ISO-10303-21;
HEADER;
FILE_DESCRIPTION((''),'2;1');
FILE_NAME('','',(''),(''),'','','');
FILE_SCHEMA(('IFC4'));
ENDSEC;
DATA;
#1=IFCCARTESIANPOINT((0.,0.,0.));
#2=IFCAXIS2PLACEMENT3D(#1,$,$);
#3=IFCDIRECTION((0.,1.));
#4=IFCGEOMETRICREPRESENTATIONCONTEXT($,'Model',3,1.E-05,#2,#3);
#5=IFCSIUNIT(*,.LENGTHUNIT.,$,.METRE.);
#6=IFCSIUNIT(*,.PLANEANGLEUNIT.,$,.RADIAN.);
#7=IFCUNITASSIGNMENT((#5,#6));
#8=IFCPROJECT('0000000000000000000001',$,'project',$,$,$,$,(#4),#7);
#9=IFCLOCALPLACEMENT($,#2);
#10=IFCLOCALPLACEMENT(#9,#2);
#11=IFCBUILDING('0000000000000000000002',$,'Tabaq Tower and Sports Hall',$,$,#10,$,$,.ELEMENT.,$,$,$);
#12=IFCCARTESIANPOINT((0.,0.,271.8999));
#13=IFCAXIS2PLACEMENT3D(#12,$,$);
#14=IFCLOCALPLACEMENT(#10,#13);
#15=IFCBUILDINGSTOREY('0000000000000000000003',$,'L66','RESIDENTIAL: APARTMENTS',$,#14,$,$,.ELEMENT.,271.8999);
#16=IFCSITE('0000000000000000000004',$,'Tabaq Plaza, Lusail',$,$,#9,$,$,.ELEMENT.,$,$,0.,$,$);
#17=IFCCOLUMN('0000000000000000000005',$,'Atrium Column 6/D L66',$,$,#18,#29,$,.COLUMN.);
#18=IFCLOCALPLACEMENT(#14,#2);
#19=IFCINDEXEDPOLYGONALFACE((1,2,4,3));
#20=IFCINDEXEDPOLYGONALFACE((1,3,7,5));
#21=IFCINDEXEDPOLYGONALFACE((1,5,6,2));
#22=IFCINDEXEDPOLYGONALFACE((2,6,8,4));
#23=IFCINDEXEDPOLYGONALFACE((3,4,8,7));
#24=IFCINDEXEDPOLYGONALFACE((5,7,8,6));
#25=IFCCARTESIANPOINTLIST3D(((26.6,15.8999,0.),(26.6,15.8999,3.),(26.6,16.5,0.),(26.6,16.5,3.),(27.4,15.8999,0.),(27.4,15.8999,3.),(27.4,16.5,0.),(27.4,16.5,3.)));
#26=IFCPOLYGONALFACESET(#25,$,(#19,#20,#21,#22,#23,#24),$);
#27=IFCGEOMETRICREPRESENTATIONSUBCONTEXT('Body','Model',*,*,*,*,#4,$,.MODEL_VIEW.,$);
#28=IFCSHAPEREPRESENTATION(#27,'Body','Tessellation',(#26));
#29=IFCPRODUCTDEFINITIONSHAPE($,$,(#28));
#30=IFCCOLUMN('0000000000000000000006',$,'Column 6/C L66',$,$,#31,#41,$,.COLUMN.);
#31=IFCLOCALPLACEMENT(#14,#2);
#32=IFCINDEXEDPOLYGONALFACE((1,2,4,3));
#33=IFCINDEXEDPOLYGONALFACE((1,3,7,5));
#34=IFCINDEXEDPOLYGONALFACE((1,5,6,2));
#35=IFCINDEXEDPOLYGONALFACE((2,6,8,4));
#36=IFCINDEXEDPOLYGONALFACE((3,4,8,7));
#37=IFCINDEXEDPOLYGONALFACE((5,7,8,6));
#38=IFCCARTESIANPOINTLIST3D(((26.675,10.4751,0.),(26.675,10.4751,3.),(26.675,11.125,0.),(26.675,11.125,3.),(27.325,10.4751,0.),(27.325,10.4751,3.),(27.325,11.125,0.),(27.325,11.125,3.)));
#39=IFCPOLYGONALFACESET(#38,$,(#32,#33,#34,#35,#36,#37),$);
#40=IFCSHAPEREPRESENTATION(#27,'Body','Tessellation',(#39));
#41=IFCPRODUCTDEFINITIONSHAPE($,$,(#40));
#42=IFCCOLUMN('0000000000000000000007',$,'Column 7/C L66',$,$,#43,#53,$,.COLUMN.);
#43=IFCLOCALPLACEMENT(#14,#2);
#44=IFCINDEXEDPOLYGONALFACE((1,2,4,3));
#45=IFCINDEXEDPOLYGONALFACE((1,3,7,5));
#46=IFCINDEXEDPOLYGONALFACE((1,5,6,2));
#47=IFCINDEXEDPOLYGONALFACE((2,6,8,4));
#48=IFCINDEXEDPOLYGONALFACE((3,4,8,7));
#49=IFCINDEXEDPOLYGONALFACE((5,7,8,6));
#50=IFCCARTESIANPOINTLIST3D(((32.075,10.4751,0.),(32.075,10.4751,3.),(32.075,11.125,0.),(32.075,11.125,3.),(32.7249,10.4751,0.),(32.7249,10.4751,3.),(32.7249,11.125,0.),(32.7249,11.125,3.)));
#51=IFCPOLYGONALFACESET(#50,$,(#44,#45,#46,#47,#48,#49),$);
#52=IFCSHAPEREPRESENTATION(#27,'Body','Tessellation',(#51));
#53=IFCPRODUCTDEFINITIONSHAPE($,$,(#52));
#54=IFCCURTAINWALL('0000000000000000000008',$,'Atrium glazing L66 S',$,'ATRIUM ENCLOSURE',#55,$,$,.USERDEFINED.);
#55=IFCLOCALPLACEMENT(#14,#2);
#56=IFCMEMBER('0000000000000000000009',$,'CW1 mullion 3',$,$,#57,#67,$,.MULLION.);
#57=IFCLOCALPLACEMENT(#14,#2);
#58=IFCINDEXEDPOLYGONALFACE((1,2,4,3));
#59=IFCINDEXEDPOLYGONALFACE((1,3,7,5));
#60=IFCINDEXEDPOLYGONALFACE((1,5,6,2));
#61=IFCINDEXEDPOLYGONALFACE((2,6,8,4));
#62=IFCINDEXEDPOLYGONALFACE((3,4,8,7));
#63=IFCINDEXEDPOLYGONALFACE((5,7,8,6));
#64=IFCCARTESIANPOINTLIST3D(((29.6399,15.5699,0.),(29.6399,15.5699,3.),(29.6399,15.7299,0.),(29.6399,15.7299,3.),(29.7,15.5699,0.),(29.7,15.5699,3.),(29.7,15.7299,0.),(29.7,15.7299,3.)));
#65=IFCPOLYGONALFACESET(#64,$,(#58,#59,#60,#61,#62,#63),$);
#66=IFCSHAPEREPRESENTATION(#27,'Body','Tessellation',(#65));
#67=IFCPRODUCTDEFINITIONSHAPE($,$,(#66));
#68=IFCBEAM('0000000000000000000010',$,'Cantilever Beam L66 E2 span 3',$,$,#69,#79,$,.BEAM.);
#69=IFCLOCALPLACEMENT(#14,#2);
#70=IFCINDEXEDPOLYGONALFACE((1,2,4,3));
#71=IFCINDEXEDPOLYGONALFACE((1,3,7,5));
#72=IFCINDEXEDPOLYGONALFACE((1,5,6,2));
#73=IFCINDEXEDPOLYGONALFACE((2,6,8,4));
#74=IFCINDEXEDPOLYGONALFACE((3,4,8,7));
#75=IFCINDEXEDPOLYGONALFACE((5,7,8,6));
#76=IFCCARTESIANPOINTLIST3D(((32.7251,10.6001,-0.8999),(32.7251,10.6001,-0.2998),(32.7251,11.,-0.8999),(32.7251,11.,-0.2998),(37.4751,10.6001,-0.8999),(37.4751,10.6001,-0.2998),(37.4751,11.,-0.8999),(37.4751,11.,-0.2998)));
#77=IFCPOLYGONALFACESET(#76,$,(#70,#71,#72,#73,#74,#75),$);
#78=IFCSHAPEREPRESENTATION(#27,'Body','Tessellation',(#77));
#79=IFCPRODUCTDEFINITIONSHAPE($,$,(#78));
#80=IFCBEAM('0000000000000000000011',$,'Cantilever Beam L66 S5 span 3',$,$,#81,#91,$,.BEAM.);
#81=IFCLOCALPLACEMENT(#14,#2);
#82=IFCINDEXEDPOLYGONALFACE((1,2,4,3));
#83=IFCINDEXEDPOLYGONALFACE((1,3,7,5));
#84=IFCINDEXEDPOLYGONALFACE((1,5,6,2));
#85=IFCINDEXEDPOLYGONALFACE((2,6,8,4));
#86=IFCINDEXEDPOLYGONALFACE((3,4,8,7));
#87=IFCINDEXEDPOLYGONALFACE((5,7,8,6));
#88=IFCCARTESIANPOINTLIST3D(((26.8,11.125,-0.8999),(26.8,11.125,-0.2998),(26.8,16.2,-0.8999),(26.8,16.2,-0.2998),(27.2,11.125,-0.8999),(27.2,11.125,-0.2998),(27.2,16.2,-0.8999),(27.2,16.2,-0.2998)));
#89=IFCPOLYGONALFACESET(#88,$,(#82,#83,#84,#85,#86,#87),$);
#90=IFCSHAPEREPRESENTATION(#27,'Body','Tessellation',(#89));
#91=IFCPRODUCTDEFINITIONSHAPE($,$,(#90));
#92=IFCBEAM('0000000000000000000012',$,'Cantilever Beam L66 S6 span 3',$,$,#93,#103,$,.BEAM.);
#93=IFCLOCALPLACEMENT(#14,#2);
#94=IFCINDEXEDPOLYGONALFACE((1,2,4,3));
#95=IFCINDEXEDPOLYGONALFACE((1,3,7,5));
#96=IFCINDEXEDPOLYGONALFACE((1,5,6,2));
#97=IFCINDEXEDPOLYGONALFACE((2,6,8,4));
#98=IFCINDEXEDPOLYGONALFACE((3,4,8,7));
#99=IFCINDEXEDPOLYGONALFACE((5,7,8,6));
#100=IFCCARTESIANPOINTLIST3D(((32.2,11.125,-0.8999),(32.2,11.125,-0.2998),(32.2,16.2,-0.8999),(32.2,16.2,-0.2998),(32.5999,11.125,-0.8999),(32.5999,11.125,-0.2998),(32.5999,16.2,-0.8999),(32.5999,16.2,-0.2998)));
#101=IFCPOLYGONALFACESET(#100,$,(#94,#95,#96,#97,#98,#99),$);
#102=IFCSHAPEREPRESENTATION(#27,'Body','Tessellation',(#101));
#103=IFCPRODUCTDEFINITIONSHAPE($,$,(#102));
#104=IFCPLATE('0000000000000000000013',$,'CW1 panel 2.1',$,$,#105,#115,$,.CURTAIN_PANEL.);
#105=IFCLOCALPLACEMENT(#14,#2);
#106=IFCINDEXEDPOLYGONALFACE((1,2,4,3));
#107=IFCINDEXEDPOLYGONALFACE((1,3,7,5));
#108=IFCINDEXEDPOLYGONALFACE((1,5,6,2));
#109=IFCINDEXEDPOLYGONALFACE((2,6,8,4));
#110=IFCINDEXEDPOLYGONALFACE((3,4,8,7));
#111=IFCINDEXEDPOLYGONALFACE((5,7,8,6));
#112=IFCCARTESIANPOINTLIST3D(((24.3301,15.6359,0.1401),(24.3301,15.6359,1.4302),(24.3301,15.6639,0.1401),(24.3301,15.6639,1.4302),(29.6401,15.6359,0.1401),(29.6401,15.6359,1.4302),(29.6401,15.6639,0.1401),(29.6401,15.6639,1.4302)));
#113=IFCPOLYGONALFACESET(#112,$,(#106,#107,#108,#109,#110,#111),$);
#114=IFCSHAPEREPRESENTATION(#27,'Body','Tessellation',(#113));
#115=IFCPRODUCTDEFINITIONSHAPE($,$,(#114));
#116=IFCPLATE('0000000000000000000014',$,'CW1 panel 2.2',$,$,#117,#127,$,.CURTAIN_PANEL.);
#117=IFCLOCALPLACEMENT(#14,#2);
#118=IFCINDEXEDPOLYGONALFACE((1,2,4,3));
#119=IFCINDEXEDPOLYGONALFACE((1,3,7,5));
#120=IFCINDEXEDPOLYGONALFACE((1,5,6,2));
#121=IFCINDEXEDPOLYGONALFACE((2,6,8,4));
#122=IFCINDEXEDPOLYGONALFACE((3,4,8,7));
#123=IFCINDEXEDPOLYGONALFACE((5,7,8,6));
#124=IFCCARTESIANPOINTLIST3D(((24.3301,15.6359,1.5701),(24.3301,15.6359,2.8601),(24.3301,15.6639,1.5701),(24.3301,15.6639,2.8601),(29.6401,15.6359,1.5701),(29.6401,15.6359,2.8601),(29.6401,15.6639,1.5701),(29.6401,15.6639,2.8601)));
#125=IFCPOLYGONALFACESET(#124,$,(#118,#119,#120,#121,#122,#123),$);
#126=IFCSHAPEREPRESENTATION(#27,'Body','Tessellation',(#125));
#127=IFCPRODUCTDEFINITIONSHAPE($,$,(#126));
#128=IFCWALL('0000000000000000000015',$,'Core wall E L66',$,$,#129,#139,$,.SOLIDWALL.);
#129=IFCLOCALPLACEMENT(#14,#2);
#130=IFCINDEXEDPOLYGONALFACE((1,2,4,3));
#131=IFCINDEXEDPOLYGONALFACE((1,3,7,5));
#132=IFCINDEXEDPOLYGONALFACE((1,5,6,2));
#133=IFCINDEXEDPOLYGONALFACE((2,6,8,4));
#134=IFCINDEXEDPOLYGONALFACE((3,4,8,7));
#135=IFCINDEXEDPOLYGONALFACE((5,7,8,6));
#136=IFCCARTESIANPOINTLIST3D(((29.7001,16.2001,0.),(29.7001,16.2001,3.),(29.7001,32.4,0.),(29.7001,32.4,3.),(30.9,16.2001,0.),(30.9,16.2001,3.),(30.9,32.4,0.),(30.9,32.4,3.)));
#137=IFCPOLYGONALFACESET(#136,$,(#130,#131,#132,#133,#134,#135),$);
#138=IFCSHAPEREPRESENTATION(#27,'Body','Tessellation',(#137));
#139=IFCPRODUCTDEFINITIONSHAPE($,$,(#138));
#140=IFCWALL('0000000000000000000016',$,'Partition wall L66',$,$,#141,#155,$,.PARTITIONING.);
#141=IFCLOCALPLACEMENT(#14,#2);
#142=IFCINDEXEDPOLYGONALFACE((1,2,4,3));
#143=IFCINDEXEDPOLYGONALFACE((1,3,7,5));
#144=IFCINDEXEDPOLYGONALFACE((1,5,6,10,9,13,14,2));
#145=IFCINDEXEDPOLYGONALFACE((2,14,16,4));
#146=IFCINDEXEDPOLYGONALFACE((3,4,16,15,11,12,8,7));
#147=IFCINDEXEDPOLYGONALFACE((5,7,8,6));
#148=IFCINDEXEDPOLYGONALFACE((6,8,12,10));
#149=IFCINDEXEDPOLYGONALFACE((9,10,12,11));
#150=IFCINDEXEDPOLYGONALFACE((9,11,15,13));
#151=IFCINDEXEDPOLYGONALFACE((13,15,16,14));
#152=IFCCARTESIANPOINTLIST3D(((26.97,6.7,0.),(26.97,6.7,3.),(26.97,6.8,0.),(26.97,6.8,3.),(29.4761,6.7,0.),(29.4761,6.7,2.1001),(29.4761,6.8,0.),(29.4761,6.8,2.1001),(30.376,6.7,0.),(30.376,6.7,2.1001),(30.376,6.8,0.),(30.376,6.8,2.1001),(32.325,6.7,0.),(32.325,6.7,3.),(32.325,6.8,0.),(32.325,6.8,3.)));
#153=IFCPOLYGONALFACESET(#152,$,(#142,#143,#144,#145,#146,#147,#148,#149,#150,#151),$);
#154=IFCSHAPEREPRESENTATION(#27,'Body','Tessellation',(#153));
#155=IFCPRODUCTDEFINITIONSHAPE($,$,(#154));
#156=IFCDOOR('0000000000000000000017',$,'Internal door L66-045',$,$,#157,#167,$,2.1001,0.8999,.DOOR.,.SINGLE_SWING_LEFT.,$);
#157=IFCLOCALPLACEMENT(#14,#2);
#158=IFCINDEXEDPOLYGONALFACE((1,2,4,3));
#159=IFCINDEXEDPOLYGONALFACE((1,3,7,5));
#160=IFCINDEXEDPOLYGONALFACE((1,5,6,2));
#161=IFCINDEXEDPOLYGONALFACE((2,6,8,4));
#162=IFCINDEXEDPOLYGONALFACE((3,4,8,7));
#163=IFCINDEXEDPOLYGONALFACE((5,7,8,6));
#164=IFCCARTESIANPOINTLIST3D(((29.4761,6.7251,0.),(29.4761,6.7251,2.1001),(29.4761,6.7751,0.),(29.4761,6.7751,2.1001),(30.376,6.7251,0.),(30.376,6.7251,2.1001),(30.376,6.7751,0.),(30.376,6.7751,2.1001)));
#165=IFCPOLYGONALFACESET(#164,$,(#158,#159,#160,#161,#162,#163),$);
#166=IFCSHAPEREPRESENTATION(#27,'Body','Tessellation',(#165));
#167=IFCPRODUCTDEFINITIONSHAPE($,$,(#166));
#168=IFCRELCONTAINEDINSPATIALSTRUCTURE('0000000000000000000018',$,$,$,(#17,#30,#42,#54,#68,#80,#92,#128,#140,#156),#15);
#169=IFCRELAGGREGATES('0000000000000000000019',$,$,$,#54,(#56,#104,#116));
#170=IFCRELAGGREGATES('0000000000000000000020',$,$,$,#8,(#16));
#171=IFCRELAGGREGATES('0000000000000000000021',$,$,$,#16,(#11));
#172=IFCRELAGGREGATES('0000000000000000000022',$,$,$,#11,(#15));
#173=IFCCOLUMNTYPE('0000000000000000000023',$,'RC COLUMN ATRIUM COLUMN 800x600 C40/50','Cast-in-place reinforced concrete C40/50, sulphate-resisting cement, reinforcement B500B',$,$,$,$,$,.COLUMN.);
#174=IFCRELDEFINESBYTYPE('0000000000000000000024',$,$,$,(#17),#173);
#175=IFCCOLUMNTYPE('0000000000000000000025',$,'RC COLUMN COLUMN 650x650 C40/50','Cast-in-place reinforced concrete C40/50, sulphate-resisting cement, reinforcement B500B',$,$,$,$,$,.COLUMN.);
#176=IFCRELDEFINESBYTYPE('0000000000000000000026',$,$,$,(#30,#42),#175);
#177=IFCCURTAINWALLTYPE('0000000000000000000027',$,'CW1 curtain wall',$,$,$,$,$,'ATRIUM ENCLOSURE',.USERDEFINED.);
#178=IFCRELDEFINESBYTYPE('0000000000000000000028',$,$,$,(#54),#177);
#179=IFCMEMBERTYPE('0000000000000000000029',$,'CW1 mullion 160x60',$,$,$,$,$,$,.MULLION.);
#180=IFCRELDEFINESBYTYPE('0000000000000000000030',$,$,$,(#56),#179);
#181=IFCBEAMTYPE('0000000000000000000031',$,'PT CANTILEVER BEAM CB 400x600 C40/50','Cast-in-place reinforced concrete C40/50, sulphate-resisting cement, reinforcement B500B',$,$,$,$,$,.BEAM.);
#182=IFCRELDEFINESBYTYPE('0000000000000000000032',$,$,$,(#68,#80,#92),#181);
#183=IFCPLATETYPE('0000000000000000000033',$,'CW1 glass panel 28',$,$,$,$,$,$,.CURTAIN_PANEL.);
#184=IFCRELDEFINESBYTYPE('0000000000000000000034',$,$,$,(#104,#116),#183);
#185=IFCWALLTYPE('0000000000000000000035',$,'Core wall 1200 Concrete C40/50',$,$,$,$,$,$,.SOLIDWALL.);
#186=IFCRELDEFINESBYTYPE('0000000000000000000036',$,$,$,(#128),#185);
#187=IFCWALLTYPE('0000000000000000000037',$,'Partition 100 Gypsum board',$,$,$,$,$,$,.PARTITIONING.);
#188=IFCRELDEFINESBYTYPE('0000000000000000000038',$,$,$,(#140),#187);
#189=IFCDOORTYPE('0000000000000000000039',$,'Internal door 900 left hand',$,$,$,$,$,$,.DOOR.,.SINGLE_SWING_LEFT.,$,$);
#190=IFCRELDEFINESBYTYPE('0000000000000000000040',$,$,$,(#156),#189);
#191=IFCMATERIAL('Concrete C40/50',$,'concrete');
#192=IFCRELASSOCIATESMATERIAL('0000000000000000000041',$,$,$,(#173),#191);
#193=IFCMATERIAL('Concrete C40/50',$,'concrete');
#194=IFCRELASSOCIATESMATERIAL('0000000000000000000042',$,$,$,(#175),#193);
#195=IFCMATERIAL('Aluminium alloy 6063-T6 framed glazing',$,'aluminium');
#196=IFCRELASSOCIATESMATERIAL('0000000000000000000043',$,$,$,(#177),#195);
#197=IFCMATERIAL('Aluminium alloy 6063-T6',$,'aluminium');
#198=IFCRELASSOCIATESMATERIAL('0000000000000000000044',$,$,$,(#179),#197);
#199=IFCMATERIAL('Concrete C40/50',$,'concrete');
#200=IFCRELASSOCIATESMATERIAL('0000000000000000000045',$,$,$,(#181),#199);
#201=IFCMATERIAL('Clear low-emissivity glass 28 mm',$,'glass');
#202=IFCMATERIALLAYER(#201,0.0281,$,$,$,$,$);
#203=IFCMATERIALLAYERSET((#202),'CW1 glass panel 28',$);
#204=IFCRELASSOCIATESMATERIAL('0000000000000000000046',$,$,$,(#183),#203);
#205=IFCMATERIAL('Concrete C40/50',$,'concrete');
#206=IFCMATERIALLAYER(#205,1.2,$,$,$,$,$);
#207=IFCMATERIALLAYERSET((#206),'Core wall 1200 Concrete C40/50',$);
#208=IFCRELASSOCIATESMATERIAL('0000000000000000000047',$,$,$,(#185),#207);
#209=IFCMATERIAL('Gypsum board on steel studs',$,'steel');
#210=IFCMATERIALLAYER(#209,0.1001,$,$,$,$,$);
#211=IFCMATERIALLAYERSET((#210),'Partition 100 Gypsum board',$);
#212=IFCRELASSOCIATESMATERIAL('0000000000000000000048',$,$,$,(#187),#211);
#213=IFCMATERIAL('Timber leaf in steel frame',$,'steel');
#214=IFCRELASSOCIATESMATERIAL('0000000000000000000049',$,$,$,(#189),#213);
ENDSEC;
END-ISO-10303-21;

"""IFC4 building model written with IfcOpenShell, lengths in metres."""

from ifc_helpers import new_model, si_unit, direction, frame, frame_2d, origin, origin_2d, place, context, subcontext, project, spatial, rectangle, extrude, material, layer, layer_set, material_profile, profile_set, type_object, element, fill, aggregate, save


model = new_model("IFC4")

# Units and contexts
model_context = context("Model", 3, precision=1e-05, world=origin(), true_north=direction((0.0, 1.0)))
body_context = subcontext(model_context, "Body", "Model", "MODEL_VIEW")
ifc_project = project(units=[si_unit("LENGTHUNIT", "METRE"), si_unit("PLANEANGLEUNIT", "RADIAN")], contexts=[model_context])

# Site, building, storey
site_placement = place(None, origin())
site = spatial("IfcSite", under=ifc_project, at=site_placement, Name="Tabaq Plaza, Lusail", CompositionType="ELEMENT", RefElevation=0.0)
building_placement = place(site_placement, origin())
building = spatial("IfcBuilding", under=site, at=building_placement, Name="Tabaq Tower and Sports Hall", CompositionType="ELEMENT")
storey_placement = place(building_placement, frame((0.0, 0.0, 271.8999)))
storey = spatial("IfcBuildingStorey", under=building, at=storey_placement, Name="L66", Description="RESIDENTIAL: APARTMENTS", CompositionType="ELEMENT", Elevation=271.8999)

# Columns
ifc_material_1 = material(Name="Concrete C40/50", Category="concrete")
ifc_material_profile_1 = material_profile(ifc_material_1, rectangle(XDim=0.8, YDim=0.6001, at=origin_2d()), Name="ATRIUM COLUMN 800x600")
ifc_profile_set_1 = profile_set([ifc_material_profile_1], Name="Concrete C40/50")
column_type_1 = type_object("IfcColumnType", Name="RC COLUMN ATRIUM COLUMN 800x600 C40/50", Description="Cast-in-place reinforced concrete C40/50, sulphate-resisting cement, reinforcement B500B", PredefinedType="COLUMN", material=ifc_profile_set_1)
column_placement = place(storey_placement, frame((27.0, 16.2, 0.0), z_axis=(0.0, 0.0, 1.0), x_axis=(1.0, 0.0, 0.0)))
element("IfcColumn", 1, at=column_placement, inside=storey, type_object=column_type_1, Name="Atrium Column 6/D L66", PredefinedType="COLUMN", context=body_context, shape_type="SweptSolid", body=[
    extrude(rectangle(XDim=0.8, YDim=0.6001, at=origin_2d()), origin(), (0.0, 0.0, 1.0), 3.0),
])
ifc_material_2 = material(Name="Concrete C40/50", Category="concrete")
ifc_material_profile_2 = material_profile(ifc_material_2, rectangle(XDim=0.6499, YDim=0.6499, at=origin_2d()), Name="COLUMN 650x650")
ifc_profile_set_2 = profile_set([ifc_material_profile_2], Name="Concrete C40/50")
column_type_2 = type_object("IfcColumnType", Name="RC COLUMN COLUMN 650x650 C40/50", Description="Cast-in-place reinforced concrete C40/50, sulphate-resisting cement, reinforcement B500B", PredefinedType="COLUMN", material=ifc_profile_set_2)
for number, where, z_axis, x_axis, name in (
    (2, (27.0, 10.8, 0.0), (0.0, 0.0, 1.0), (1.0, 0.0, 0.0), "Column 6/C L66"),
    (3, (32.3999, 10.8, 0.0), (0.0, 0.0, 1.0), (1.0, 0.0, 0.0), "Column 7/C L66"),
):
    element("IfcColumn", number, at=place(storey_placement, frame(where, z_axis=z_axis, x_axis=x_axis)), inside=storey, type_object=column_type_2, Name=name, PredefinedType="COLUMN", context=body_context, shape_type="SweptSolid", body=[
        extrude(rectangle(XDim=0.6499, YDim=0.6499, at=origin_2d()), origin(), (0.0, 0.0, 1.0), 3.0),
    ])

# Curtain wall, member
ifc_material_3 = material(Name="Aluminium alloy 6063-T6 framed glazing", Category="aluminium")
curtain_wall_type = type_object("IfcCurtainWallType", Name="CW1 curtain wall", ElementType="ATRIUM ENCLOSURE", PredefinedType="USERDEFINED", material=ifc_material_3)
curtain_wall_placement = place(storey_placement, origin())
curtain_wall = element("IfcCurtainWall", 4, at=curtain_wall_placement, inside=storey, type_object=curtain_wall_type, Name="Atrium glazing L66 S", ObjectType="ATRIUM ENCLOSURE", PredefinedType="USERDEFINED")
ifc_material_4 = material(Name="Aluminium alloy 6063-T6", Category="aluminium")
ifc_material_profile_3 = material_profile(ifc_material_4, rectangle(XDim=0.1599, YDim=0.0601, at=origin_2d()), Name="MULLION 160x60")
ifc_profile_set_3 = profile_set([ifc_material_profile_3], Name="Aluminium alloy 6063-T6")
member_type = type_object("IfcMemberType", Name="CW1 mullion 160x60", PredefinedType="MULLION", material=ifc_profile_set_3)
member_placement = place(storey_placement, frame((29.6699, 15.6499, 0.0), z_axis=(0.0, 0.0, 1.0), x_axis=(0.0, 1.0, 0.0)))
member = element("IfcMember", 5, at=member_placement, type_object=member_type, Name="CW1 mullion 3", PredefinedType="MULLION", context=body_context, shape_type="SweptSolid", body=[
    extrude(rectangle(XDim=0.1599, YDim=0.0601, at=origin_2d()), origin(), (0.0, 0.0, 1.0), 3.0),
])

# Beams
ifc_material_5 = material(Name="Concrete C40/50", Category="concrete")
ifc_material_profile_4 = material_profile(ifc_material_5, rectangle(XDim=0.3999, YDim=0.6001, at=origin_2d()), Name="CB 400x600")
ifc_profile_set_4 = profile_set([ifc_material_profile_4], Name="Concrete C40/50")
beam_type = type_object("IfcBeamType", Name="PT CANTILEVER BEAM CB 400x600 C40/50", Description="Cast-in-place reinforced concrete C40/50, sulphate-resisting cement, reinforcement B500B", PredefinedType="BEAM", material=ifc_profile_set_4)
beam_placement = place(storey_placement, frame((37.4751, 10.8, -0.5999), z_axis=(-1.0, 0.0, 0.0), x_axis=(0.0, -1.0, 0.0)))
element("IfcBeam", 6, at=beam_placement, inside=storey, type_object=beam_type, Name="Cantilever Beam L66 E2 span 3", PredefinedType="BEAM", context=body_context, shape_type="SweptSolid", body=[
    extrude(rectangle(XDim=0.3999, YDim=0.6001, at=origin_2d()), origin(), (0.0, 0.0, 1.0), 4.75),
])
for number, where, z_axis, x_axis, name in (
    (7, (27.0, 11.125, -0.5999), (0.0, 1.0, 0.0), (-1.0, 0.0, 0.0), "Cantilever Beam L66 S5 span 3"),
    (8, (32.3999, 11.125, -0.5999), (0.0, 1.0, 0.0), (-1.0, 0.0, 0.0), "Cantilever Beam L66 S6 span 3"),
):
    element("IfcBeam", number, at=place(storey_placement, frame(where, z_axis=z_axis, x_axis=x_axis)), inside=storey, type_object=beam_type, Name=name, PredefinedType="BEAM", context=body_context, shape_type="SweptSolid", body=[
        extrude(rectangle(XDim=0.3999, YDim=0.6001, at=origin_2d()), origin(), (0.0, 0.0, 1.0), 5.075),
    ])

# Plates
ifc_material_6 = material(Name="Clear low-emissivity glass 28 mm", Category="glass")
ifc_layer_1 = layer(ifc_material_6, 0.0281)
ifc_layer_set_1 = layer_set([ifc_layer_1], Name="CW1 glass panel 28")
plate_type = type_object("IfcPlateType", Name="CW1 glass panel 28", PredefinedType="CURTAIN_PANEL", material=ifc_layer_set_1)
plate_1_placement = place(storey_placement, frame((26.9851, 15.6499, 0.1401), z_axis=(0.0, 0.0, 1.0), x_axis=(1.0, 0.0, 0.0)))
plate_1 = element("IfcPlate", 9, at=plate_1_placement, type_object=plate_type, Name="CW1 panel 2.1", PredefinedType="CURTAIN_PANEL", context=body_context, shape_type="SweptSolid", body=[
    extrude(rectangle(XDim=5.3101, YDim=0.0281, at=origin_2d()), origin(), (0.0, 0.0, 1.0), 1.29),
])
plate_2_placement = place(storey_placement, frame((26.9851, 15.6499, 1.5701), z_axis=(0.0, 0.0, 1.0), x_axis=(1.0, 0.0, 0.0)))
plate_2 = element("IfcPlate", 10, at=plate_2_placement, type_object=plate_type, Name="CW1 panel 2.2", PredefinedType="CURTAIN_PANEL", context=body_context, shape_type="SweptSolid", body=[
    extrude(rectangle(XDim=5.3101, YDim=0.0281, at=origin_2d()), origin(), (0.0, 0.0, 1.0), 1.29),
])
aggregate(curtain_wall, [member, plate_1, plate_2])

# Wall
ifc_material_7 = material(Name="Concrete C40/50", Category="concrete")
ifc_layer_2 = layer(ifc_material_7, 1.2)
ifc_layer_set_2 = layer_set([ifc_layer_2], Name="Core wall 1200 Concrete C40/50")
wall_type_1 = type_object("IfcWallType", Name="Core wall 1200 Concrete C40/50", PredefinedType="SOLIDWALL", material=ifc_layer_set_2)
wall_1_placement = place(storey_placement, frame((30.3, 16.2, 0.0), z_axis=(0.0, 0.0, 1.0), x_axis=(0.0, 1.0, 0.0)))
element("IfcWall", 11, at=wall_1_placement, inside=storey, type_object=wall_type_1, Name="Core wall E L66", PredefinedType="SOLIDWALL", context=body_context, shape_type="SweptSolid", body=[
    extrude(rectangle(XDim=16.2, YDim=1.2, at=frame_2d((8.1001, 0.0))), origin(), (0.0, 0.0, 1.0), 3.0),
])

# Wall, opening, door
ifc_material_8 = material(Name="Gypsum board on steel studs", Category="steel")
ifc_layer_3 = layer(ifc_material_8, 0.1001)
ifc_layer_set_3 = layer_set([ifc_layer_3], Name="Partition 100 Gypsum board")
wall_type_2 = type_object("IfcWallType", Name="Partition 100 Gypsum board", PredefinedType="PARTITIONING", material=ifc_layer_set_3)
wall_2_placement = place(storey_placement, frame((32.325, 6.75, 0.0), z_axis=(0.0, 0.0, 1.0), x_axis=(-1.0, 0.0, 0.0)))
wall_2 = element("IfcWall", 12, at=wall_2_placement, inside=storey, type_object=wall_type_2, Name="Partition wall L66", PredefinedType="PARTITIONING", context=body_context, shape_type="SweptSolid", body=[
    extrude(rectangle(XDim=5.355, YDim=0.1001, at=frame_2d((2.6775, 0.0))), origin(), (0.0, 0.0, 1.0), 3.0),
])
opening_1_placement = place(wall_2_placement, frame((1.949, 0.0, 0.0)))
opening_1 = element("IfcOpeningElement", 13, at=opening_1_placement, cuts=wall_2, PredefinedType="OPENING", context=body_context, shape_type="SweptSolid", body=[
    extrude(rectangle(XDim=0.8999, YDim=2.1001, at=frame_2d((0.45, 1.05))), frame((0.0, 0.05, 0.0), z_axis=(0.0, -1.0, 0.0), x_axis=(1.0, 0.0, 0.0)), (0.0, 0.0, 1.0), 0.1001),
])
ifc_material_9 = material(Name="Timber leaf in steel frame", Category="steel")
door_type_1 = type_object("IfcDoorType", Name="Internal door 900 left hand", OperationType="SINGLE_SWING_LEFT", PredefinedType="DOOR", material=ifc_material_9)
door_1_placement = place(opening_1_placement, origin())
door_1 = element("IfcDoor", 14, at=door_1_placement, inside=storey, type_object=door_type_1, Name="Internal door L66-045", OperationType="SINGLE_SWING_LEFT", OverallHeight=2.1001, OverallWidth=0.8999, PredefinedType="DOOR", context=body_context, shape_type="SweptSolid", body=[
    extrude(rectangle(XDim=0.8999, YDim=2.1001, at=frame_2d((0.45, 1.05))), frame((0.0, 0.0249, 0.0), z_axis=(0.0, -1.0, 0.0), x_axis=(1.0, 0.0, 0.0)), (0.0, 0.0, 1.0), 0.05),
])
fill(opening_1, door_1)

save(model, "model.ifc")
